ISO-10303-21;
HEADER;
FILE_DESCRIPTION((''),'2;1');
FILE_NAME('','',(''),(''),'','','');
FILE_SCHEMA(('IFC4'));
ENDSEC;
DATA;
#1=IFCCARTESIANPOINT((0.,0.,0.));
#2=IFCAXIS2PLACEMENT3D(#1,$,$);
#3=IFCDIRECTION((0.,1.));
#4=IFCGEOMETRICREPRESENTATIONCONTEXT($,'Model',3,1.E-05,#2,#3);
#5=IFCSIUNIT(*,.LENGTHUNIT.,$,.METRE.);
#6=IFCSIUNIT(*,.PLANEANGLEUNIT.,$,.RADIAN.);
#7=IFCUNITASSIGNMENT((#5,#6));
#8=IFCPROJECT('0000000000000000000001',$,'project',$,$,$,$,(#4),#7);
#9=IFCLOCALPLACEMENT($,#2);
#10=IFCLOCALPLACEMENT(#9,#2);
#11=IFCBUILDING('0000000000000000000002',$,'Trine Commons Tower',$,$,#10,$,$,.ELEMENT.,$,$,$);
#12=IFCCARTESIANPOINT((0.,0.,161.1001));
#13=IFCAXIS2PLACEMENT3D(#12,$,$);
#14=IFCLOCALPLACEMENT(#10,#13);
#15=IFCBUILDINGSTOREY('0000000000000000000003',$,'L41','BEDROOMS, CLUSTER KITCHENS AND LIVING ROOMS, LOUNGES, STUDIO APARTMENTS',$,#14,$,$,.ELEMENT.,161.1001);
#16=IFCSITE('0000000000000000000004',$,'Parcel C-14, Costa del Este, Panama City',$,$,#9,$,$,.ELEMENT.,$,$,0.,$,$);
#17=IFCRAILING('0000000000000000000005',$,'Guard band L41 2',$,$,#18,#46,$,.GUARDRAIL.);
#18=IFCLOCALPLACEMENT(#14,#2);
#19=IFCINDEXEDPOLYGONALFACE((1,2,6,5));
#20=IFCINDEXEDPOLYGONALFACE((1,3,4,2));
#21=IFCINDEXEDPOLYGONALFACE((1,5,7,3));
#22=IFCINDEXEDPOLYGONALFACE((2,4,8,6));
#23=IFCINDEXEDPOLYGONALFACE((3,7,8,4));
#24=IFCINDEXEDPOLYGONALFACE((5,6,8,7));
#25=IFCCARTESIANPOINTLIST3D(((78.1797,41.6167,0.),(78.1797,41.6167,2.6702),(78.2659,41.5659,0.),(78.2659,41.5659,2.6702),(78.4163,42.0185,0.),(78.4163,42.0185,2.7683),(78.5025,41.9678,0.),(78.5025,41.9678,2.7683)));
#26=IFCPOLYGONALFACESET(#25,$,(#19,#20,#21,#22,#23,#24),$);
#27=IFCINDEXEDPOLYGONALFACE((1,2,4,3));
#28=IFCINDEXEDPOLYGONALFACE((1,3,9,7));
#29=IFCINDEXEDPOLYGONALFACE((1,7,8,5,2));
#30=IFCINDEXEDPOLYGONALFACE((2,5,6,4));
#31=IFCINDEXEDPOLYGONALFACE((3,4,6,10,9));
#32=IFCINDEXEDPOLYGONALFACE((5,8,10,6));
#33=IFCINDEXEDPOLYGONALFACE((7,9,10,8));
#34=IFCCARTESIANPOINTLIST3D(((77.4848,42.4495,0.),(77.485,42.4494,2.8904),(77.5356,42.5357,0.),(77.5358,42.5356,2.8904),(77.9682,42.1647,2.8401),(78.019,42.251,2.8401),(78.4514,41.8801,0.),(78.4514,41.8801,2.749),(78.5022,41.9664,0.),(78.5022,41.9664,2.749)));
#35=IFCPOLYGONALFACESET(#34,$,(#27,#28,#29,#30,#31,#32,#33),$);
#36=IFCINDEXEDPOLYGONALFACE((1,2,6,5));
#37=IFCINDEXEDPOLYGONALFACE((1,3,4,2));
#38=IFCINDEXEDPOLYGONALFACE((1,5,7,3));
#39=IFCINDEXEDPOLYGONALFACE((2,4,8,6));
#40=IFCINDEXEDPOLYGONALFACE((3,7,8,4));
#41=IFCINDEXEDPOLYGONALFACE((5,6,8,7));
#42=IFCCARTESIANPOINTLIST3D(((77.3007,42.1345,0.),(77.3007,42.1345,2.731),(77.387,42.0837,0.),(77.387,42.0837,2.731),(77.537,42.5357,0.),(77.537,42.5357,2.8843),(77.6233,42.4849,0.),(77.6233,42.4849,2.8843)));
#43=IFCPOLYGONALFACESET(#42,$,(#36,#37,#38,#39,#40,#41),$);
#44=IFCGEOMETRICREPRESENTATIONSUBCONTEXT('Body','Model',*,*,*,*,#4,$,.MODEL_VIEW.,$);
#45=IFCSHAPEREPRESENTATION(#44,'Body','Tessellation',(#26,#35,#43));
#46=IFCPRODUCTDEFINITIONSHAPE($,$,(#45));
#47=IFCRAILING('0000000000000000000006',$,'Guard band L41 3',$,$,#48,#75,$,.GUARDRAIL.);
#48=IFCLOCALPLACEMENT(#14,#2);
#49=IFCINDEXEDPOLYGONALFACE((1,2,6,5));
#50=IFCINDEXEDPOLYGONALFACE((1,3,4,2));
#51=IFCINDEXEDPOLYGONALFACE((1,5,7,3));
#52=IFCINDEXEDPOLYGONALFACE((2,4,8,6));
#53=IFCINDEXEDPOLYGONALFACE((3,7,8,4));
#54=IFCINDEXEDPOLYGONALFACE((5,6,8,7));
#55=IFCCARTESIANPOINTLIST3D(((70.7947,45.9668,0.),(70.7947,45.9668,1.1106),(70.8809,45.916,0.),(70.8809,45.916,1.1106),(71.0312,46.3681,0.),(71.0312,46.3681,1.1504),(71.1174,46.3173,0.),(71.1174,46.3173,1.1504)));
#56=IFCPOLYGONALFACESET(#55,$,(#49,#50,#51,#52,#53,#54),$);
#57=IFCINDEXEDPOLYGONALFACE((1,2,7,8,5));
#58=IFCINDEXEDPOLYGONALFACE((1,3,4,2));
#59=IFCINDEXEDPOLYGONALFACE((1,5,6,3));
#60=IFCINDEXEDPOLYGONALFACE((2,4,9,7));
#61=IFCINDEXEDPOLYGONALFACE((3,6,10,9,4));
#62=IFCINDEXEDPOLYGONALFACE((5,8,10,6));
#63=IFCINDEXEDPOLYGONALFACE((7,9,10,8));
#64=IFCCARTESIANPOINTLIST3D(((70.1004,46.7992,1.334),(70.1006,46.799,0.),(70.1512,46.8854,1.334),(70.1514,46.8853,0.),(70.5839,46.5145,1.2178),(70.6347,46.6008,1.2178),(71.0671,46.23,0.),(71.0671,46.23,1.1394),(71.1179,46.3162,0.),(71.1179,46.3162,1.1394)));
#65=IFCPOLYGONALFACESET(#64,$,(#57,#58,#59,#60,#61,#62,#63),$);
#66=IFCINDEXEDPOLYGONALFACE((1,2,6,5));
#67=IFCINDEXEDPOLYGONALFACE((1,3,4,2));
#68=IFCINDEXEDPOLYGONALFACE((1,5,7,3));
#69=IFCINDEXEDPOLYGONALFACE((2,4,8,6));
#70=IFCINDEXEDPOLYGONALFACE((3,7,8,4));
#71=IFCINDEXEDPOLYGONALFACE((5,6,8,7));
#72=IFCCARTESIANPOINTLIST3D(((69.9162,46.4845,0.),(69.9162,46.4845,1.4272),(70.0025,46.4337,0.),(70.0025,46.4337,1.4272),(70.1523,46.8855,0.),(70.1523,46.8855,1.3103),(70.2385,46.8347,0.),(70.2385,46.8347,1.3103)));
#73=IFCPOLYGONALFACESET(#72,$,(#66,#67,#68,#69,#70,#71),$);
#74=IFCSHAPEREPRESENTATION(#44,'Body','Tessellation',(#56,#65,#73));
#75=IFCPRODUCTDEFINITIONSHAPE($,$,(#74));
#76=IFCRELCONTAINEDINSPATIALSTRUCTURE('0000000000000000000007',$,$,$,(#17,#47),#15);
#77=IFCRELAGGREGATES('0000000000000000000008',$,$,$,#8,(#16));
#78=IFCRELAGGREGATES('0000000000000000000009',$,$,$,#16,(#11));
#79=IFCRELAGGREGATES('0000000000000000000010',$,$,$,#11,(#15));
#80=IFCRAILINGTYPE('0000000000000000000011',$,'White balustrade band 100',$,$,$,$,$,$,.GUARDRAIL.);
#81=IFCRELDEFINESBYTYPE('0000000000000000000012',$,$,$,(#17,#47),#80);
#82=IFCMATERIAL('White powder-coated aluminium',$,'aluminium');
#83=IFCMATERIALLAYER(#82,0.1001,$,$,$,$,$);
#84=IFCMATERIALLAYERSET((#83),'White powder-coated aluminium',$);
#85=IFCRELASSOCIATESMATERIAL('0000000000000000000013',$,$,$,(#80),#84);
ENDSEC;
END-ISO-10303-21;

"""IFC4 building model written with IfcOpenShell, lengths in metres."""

from ifc_helpers import new_model, si_unit, direction, frame, origin, place, context, subcontext, project, spatial, polyline, outline, extrude, material, layer, layer_set, type_object, element, save


model = new_model("IFC4")

# Units and contexts
model_context = context("Model", 3, precision=1e-05, world=origin(), true_north=direction((0.0, 1.0)))
body_context = subcontext(model_context, "Body", "Model", "MODEL_VIEW")
ifc_project = project(units=[si_unit("LENGTHUNIT", "METRE"), si_unit("PLANEANGLEUNIT", "RADIAN")], contexts=[model_context])

# Site, building, storey
site_placement = place(None, origin())
site = spatial("IfcSite", under=ifc_project, at=site_placement, Name="Parcel C-14, Costa del Este, Panama City", CompositionType="ELEMENT", RefElevation=0.0)
building_placement = place(site_placement, origin())
building = spatial("IfcBuilding", under=site, at=building_placement, Name="Trine Commons Tower", CompositionType="ELEMENT")
storey_placement = place(building_placement, frame((0.0, 0.0, 161.1001)))
storey = spatial("IfcBuildingStorey", under=building, at=storey_placement, Name="L41", Description="BEDROOMS, CLUSTER KITCHENS AND LIVING ROOMS, LOUNGES, STUDIO APARTMENTS", CompositionType="ELEMENT", Elevation=161.1001)

# Railings
ifc_material_1 = material(Name="White powder-coated aluminium", Category="aluminium")
ifc_layer_1 = layer(ifc_material_1, 0.1001)
ifc_layer_set_1 = layer_set([ifc_layer_1], Name="White powder-coated aluminium")
railing_type = type_object("IfcRailingType", Name="White balustrade band 100", PredefinedType="GUARDRAIL", material=ifc_layer_set_1)
railing_1_placement = place(storey_placement, origin())
element("IfcRailing", 1, at=railing_1_placement, inside=storey, type_object=railing_type, Name="Guard band L41 2", PredefinedType="GUARDRAIL", context=body_context, shape_type="SweptSolid", body=[
    extrude(outline(polyline([(0.0, 0.0), (0.4663, 0.0), (0.4663, 2.7683), (0.4663, 2.7683), (0.0, 2.6702), (0.0, 0.0)])), frame((78.1797, 41.6167, 0.0), z_axis=(0.861759, -0.507318, 0.0), x_axis=(0.507318, 0.861759, 0.0)), (0.0, 0.0, 1.0), 0.1001),
    extrude(outline(polyline([(0.0, 0.0), (1.1218, 0.0), (1.1216, 2.8904), (0.5608, 2.8401), (0.0, 2.749), (0.0, 0.0)])), frame((78.4514, 41.8801, 0.0), z_axis=(0.507534, 0.861632, 0.0), x_axis=(-0.861632, 0.507534, 0.0)), (0.0, 0.0, 1.0), 0.1001),
    extrude(outline(polyline([(0.0, 0.0), (0.4656, 0.0), (0.4656, 2.731), (0.0, 2.8843), (0.0, 0.0)])), frame((77.6233, 42.4849, 0.0), z_axis=(-0.861584, 0.507616, 0.0), x_axis=(-0.507616, -0.861584, 0.0)), (0.0, 0.0, 1.0), 0.1001),
])
railing_2_placement = place(storey_placement, origin())
element("IfcRailing", 2, at=railing_2_placement, inside=storey, type_object=railing_type, Name="Guard band L41 3", PredefinedType="GUARDRAIL", context=body_context, shape_type="SweptSolid", body=[
    extrude(outline(polyline([(0.0, 0.0), (0.4658, 0.0), (0.4658, 1.1504), (0.4658, 1.1504), (0.0, 1.1106), (0.0, 0.0)])), frame((70.7947, 45.9668, 0.0), z_axis=(0.861489, -0.507776, 0.0), x_axis=(0.507776, 0.861489, 0.0)), (0.0, 0.0, 1.0), 0.1001),
    extrude(outline(polyline([(0.0, 0.0), (1.1216, 0.0), (1.1218, 1.334), (0.5608, 1.2178), (0.0, 1.1394), (0.0, 0.0)])), frame((71.0671, 46.23, 0.0), z_axis=(0.507372, 0.861727, 0.0), x_axis=(-0.861727, 0.507372, 0.0)), (0.0, 0.0, 1.0), 0.1001),
    extrude(outline(polyline([(0.0, 0.0), (0.4653, 0.0), (0.4653, 1.4272), (0.0, 1.3103), (0.0, 0.0)])), frame((70.2385, 46.8347, 0.0), z_axis=(-0.861813, 0.507226, 0.0), x_axis=(-0.507226, -0.861813, 0.0)), (0.0, 0.0, 1.0), 0.1001),
])

save(model, "model.ifc")
